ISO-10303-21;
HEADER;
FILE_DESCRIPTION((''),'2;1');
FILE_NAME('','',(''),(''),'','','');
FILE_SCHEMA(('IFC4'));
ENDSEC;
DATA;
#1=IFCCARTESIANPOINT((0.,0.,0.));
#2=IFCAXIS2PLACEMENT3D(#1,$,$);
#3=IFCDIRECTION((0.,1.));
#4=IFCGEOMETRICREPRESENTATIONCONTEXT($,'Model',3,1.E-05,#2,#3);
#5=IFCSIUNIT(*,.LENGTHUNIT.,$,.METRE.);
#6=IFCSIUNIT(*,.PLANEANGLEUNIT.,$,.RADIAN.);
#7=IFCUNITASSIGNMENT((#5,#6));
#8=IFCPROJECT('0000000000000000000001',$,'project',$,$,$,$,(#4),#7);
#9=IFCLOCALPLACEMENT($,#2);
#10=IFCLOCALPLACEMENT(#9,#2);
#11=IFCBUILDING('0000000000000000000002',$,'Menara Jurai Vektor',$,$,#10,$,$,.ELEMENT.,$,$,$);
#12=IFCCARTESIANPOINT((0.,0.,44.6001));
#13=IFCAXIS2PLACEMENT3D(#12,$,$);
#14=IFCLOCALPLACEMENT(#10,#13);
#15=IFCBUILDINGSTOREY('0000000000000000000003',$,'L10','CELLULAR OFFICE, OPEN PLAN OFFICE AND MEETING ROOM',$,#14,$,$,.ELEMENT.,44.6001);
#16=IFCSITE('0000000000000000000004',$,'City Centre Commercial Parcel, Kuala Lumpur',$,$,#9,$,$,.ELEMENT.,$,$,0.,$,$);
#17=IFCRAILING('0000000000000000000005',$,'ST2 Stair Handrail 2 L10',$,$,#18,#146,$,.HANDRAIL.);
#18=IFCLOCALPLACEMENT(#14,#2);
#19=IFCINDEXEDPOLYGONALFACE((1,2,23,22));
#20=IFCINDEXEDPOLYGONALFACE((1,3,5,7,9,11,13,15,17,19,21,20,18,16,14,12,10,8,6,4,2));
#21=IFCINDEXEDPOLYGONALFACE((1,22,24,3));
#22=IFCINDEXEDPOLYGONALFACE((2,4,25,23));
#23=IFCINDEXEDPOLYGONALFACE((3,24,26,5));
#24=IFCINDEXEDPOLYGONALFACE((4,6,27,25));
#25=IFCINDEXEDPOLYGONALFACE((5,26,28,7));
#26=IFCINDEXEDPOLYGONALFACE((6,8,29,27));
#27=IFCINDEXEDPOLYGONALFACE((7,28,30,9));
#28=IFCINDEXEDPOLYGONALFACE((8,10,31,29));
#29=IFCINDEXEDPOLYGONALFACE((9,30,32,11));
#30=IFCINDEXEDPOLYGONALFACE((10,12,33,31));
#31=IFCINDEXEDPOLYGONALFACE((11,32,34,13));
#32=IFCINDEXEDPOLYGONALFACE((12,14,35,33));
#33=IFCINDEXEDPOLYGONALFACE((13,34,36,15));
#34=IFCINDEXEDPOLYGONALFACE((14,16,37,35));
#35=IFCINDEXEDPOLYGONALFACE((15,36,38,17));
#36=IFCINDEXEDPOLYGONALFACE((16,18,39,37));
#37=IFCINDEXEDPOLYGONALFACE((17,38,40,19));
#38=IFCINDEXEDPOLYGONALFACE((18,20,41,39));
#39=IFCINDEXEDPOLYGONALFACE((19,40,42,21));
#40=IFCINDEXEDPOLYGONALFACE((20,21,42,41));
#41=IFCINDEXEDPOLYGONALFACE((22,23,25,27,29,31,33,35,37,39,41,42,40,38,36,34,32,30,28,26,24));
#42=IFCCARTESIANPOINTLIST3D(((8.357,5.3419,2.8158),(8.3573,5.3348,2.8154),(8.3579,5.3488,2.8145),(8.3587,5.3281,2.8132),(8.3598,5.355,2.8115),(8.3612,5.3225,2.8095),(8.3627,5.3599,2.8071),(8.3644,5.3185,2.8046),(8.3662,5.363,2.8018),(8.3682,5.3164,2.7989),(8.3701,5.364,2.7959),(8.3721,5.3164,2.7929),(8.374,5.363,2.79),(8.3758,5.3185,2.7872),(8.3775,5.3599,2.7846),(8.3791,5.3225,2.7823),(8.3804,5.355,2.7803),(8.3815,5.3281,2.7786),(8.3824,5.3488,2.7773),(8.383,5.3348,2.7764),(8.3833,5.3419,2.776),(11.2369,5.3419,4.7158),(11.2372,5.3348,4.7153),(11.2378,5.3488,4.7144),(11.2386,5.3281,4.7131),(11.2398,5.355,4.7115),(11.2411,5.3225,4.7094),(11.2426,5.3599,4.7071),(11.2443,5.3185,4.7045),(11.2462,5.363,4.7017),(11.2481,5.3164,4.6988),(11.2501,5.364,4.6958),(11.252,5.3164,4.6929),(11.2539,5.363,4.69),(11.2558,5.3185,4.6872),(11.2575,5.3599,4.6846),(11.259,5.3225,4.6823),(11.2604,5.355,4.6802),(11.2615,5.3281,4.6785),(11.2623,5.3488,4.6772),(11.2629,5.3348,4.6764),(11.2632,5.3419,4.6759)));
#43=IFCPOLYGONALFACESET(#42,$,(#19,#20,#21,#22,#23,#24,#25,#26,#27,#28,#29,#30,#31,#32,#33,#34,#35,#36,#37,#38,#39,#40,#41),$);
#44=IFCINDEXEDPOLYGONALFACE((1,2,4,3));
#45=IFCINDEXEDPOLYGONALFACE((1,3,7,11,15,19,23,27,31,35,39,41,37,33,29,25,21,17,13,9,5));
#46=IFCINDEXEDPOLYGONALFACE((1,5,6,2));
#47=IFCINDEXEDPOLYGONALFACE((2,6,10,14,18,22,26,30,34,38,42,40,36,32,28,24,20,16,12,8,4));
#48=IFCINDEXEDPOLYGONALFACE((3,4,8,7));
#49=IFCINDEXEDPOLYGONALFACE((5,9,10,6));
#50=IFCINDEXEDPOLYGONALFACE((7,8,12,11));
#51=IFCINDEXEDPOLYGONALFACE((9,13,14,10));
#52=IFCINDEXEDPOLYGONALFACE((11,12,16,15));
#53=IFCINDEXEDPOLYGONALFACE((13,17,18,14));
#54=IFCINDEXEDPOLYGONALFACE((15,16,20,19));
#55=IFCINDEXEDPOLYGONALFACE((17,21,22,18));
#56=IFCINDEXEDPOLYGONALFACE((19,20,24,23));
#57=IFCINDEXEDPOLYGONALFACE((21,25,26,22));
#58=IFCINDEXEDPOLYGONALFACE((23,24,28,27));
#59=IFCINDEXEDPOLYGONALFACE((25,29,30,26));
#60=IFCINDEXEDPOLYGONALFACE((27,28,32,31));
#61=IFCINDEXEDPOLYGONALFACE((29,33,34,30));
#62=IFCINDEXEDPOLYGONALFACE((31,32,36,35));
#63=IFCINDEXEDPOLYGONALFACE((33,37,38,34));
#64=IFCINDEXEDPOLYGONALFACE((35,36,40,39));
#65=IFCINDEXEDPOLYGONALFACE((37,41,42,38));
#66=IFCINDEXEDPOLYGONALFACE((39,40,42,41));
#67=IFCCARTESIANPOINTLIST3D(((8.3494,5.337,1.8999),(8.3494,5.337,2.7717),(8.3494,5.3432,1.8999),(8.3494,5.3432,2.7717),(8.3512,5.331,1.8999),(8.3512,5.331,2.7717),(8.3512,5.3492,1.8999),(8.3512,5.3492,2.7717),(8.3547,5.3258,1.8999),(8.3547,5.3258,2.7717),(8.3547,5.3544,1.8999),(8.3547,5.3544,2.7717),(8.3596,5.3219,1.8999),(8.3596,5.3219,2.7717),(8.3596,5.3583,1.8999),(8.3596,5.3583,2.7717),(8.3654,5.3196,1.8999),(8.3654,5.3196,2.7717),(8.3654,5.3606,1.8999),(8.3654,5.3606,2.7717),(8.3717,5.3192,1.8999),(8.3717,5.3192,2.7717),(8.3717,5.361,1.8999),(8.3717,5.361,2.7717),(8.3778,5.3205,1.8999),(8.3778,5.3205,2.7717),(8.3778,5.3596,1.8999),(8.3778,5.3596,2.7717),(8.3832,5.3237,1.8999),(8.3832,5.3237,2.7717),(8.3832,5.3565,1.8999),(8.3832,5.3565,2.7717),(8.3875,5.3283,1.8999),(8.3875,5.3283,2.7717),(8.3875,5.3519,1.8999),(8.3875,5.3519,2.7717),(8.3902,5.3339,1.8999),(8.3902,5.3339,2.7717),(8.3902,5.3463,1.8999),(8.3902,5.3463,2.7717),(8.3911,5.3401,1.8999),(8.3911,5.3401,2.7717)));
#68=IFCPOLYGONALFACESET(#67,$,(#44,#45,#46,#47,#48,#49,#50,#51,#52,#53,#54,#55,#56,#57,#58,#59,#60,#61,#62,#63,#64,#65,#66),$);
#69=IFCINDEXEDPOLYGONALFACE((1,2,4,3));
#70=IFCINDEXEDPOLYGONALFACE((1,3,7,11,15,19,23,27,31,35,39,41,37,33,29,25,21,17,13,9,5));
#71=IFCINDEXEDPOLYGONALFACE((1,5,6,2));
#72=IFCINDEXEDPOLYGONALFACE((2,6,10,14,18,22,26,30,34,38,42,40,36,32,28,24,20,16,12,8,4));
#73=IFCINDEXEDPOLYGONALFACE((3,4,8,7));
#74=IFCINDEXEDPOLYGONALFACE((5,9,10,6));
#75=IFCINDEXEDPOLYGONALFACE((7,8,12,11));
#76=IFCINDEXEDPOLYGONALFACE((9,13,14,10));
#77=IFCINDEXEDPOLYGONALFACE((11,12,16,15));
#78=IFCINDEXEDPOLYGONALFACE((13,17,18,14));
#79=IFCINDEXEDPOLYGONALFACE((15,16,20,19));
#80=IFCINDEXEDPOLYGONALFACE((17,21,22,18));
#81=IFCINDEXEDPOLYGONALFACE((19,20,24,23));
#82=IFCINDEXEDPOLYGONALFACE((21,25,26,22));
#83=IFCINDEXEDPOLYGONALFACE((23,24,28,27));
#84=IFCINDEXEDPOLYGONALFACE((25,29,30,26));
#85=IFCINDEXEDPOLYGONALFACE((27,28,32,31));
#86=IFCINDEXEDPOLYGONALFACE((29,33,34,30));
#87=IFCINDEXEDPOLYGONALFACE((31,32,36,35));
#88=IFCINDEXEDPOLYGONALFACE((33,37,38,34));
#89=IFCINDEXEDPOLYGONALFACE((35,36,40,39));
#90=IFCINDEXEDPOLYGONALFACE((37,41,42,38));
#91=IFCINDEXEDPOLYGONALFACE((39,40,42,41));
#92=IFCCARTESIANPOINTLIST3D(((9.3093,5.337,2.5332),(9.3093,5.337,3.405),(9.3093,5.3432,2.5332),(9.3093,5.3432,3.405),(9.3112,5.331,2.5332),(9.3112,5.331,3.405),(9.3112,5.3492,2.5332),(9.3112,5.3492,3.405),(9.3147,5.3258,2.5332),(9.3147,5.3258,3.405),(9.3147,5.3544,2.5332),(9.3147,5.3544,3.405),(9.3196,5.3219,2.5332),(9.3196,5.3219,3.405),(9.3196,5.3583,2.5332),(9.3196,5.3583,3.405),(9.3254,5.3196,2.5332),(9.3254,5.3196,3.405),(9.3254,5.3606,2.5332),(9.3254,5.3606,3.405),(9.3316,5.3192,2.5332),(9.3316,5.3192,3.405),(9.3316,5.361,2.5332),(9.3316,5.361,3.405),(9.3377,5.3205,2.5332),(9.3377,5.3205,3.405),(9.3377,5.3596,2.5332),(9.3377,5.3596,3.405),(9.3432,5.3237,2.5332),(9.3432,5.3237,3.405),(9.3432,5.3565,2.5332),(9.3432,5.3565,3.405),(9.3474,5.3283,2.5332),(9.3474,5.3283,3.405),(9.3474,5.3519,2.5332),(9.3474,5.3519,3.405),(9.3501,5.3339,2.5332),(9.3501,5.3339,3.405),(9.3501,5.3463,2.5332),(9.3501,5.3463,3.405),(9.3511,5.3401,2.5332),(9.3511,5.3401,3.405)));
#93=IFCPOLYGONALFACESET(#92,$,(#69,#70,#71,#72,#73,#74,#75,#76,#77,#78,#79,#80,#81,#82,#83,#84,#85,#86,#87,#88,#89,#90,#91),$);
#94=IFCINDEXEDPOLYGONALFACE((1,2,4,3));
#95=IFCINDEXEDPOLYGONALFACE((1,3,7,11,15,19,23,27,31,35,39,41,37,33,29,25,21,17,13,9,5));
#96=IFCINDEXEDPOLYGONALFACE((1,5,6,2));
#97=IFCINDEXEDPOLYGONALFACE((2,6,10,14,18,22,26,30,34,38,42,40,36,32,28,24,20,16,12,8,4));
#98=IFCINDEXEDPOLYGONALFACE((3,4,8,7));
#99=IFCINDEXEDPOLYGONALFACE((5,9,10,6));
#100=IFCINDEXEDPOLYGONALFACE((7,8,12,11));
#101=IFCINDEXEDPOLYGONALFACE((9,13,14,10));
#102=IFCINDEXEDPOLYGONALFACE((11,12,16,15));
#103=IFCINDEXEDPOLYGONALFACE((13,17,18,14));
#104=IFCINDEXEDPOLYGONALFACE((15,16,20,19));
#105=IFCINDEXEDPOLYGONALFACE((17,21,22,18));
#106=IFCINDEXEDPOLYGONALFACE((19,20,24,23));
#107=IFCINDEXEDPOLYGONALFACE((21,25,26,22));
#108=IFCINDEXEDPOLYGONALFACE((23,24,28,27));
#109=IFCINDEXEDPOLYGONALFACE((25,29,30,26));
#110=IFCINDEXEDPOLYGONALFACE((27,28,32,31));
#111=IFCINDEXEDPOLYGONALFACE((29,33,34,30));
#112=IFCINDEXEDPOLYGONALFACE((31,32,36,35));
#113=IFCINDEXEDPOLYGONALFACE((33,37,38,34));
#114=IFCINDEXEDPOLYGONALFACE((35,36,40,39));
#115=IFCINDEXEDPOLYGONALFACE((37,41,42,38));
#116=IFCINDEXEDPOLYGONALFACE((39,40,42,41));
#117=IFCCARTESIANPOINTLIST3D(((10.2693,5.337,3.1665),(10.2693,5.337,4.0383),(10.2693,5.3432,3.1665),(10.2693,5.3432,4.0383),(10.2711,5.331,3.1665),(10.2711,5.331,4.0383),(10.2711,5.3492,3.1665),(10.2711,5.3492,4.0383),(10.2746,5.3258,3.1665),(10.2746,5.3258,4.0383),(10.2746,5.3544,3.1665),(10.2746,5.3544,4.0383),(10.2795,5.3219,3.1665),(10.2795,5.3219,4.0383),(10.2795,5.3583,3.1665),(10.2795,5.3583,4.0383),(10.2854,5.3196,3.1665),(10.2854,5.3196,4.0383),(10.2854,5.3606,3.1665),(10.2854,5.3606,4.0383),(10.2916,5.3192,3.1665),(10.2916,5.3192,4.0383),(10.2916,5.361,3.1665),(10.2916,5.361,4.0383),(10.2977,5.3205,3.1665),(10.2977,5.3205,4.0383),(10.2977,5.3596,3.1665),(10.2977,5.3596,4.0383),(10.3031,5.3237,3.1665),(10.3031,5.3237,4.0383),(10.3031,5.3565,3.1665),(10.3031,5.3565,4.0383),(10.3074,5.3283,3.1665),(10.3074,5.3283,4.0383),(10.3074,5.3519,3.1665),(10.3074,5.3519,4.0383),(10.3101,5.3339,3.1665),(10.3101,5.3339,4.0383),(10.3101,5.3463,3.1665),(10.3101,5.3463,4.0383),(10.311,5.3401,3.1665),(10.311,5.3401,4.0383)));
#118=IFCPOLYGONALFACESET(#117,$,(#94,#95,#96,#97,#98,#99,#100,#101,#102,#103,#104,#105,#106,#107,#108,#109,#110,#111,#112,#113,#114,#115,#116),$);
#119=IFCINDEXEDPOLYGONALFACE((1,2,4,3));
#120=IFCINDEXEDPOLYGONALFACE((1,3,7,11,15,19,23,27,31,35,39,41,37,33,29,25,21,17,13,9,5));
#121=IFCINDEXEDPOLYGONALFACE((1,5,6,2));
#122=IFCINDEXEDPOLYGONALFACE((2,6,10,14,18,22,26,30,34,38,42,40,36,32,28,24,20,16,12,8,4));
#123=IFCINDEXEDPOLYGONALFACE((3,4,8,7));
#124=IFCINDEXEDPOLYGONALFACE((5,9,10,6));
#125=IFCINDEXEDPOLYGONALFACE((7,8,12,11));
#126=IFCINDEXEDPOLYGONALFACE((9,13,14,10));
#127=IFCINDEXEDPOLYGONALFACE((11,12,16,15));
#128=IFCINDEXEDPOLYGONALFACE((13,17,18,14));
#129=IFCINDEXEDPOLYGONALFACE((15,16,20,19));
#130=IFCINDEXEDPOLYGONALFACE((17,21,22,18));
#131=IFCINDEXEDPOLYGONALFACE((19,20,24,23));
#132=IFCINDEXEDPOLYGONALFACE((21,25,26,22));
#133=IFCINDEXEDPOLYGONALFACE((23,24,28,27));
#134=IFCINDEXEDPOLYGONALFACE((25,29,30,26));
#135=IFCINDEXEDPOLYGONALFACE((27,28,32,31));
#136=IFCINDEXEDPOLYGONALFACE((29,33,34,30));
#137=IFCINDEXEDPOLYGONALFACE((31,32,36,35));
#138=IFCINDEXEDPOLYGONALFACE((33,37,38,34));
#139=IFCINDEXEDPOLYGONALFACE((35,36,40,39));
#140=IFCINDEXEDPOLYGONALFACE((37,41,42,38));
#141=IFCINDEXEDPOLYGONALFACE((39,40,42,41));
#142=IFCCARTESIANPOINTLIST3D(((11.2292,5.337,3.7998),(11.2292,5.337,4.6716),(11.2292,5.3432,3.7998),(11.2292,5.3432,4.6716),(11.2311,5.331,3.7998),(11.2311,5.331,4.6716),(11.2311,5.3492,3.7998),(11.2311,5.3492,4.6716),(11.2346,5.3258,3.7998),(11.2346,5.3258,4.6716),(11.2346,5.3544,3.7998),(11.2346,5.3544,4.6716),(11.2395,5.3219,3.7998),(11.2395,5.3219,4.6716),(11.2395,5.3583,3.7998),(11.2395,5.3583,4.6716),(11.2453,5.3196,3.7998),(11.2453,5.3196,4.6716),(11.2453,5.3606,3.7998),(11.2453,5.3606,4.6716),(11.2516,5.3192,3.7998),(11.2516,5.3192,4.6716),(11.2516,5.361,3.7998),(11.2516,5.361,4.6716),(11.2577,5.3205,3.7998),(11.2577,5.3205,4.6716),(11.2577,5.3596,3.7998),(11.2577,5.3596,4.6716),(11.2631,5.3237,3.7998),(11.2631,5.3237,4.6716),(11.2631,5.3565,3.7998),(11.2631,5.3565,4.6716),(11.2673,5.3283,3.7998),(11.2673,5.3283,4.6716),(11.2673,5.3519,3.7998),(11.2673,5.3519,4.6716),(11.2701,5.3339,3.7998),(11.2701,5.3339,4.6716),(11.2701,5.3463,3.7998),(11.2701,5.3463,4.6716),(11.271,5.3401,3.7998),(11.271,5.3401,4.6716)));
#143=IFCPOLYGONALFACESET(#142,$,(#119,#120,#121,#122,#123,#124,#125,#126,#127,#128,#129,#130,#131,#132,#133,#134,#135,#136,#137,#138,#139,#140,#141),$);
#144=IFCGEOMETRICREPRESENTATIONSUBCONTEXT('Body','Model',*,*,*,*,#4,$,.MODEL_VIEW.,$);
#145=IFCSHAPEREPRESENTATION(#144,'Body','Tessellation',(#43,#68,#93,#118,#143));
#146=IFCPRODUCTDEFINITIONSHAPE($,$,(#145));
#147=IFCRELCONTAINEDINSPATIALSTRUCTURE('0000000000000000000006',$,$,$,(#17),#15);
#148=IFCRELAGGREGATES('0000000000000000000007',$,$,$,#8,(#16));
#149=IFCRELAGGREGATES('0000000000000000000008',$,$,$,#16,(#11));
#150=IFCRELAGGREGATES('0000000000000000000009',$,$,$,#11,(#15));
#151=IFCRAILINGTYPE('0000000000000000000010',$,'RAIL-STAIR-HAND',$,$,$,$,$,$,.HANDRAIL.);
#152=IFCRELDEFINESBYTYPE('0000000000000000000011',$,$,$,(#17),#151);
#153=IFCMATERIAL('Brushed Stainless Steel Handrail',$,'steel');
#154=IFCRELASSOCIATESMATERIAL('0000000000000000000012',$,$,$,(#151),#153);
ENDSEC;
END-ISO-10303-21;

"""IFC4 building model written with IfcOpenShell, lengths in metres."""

from ifc_helpers import new_model, si_unit, direction, frame, origin, origin_2d, place, context, subcontext, project, spatial, circle, extrude, material, type_object, element, save


model = new_model("IFC4")

# Units and contexts
model_context = context("Model", 3, precision=1e-05, world=origin(), true_north=direction((0.0, 1.0)))
body_context = subcontext(model_context, "Body", "Model", "MODEL_VIEW")
ifc_project = project(units=[si_unit("LENGTHUNIT", "METRE"), si_unit("PLANEANGLEUNIT", "RADIAN")], contexts=[model_context])

# Site, building, storey
site_placement = place(None, origin())
site = spatial("IfcSite", under=ifc_project, at=site_placement, Name="City Centre Commercial Parcel, Kuala Lumpur", CompositionType="ELEMENT", RefElevation=0.0)
building_placement = place(site_placement, origin())
building = spatial("IfcBuilding", under=site, at=building_placement, Name="Menara Jurai Vektor", CompositionType="ELEMENT")
storey_placement = place(building_placement, frame((0.0, 0.0, 44.6001)))
storey = spatial("IfcBuildingStorey", under=building, at=storey_placement, Name="L10", Description="CELLULAR OFFICE, OPEN PLAN OFFICE AND MEETING ROOM", CompositionType="ELEMENT", Elevation=44.6001)

# Railing
ifc_material_1 = material(Name="Brushed Stainless Steel Handrail", Category="steel")
railing_type_1 = type_object("IfcRailingType", Name="RAIL-STAIR-HAND", PredefinedType="HANDRAIL", material=ifc_material_1)
railing_1_placement = place(storey_placement, frame((8.3701, 5.3401, 1.8999)))
element("IfcRailing", 1, at=railing_1_placement, inside=storey, type_object=railing_type_1, Name="ST2 Stair Handrail 2 L10", PredefinedType="HANDRAIL", context=body_context, shape_type="SweptSolid", body=[
    extrude(circle(Radius=0.0239, at=origin_2d()), frame((0.0, 0.0, 0.896), z_axis=(0.834719, 0.0, 0.550677), x_axis=(0.0, 1.0, 0.0)), (0.0, 0.0, 1.0), 3.4502),
    extrude(circle(Radius=0.021, at=origin_2d()), origin(), (0.0, 0.0, 1.0), 0.8718),
    extrude(circle(Radius=0.021, at=origin_2d()), frame((0.96, 0.0, 0.6333)), (0.0, 0.0, 1.0), 0.8718),
    extrude(circle(Radius=0.021, at=origin_2d()), frame((1.9199, 0.0, 1.2666)), (0.0, 0.0, 1.0), 0.8718),
    extrude(circle(Radius=0.021, at=origin_2d()), frame((2.8799, 0.0, 1.8999)), (0.0, 0.0, 1.0), 0.8718),
])

save(model, "model.ifc")
